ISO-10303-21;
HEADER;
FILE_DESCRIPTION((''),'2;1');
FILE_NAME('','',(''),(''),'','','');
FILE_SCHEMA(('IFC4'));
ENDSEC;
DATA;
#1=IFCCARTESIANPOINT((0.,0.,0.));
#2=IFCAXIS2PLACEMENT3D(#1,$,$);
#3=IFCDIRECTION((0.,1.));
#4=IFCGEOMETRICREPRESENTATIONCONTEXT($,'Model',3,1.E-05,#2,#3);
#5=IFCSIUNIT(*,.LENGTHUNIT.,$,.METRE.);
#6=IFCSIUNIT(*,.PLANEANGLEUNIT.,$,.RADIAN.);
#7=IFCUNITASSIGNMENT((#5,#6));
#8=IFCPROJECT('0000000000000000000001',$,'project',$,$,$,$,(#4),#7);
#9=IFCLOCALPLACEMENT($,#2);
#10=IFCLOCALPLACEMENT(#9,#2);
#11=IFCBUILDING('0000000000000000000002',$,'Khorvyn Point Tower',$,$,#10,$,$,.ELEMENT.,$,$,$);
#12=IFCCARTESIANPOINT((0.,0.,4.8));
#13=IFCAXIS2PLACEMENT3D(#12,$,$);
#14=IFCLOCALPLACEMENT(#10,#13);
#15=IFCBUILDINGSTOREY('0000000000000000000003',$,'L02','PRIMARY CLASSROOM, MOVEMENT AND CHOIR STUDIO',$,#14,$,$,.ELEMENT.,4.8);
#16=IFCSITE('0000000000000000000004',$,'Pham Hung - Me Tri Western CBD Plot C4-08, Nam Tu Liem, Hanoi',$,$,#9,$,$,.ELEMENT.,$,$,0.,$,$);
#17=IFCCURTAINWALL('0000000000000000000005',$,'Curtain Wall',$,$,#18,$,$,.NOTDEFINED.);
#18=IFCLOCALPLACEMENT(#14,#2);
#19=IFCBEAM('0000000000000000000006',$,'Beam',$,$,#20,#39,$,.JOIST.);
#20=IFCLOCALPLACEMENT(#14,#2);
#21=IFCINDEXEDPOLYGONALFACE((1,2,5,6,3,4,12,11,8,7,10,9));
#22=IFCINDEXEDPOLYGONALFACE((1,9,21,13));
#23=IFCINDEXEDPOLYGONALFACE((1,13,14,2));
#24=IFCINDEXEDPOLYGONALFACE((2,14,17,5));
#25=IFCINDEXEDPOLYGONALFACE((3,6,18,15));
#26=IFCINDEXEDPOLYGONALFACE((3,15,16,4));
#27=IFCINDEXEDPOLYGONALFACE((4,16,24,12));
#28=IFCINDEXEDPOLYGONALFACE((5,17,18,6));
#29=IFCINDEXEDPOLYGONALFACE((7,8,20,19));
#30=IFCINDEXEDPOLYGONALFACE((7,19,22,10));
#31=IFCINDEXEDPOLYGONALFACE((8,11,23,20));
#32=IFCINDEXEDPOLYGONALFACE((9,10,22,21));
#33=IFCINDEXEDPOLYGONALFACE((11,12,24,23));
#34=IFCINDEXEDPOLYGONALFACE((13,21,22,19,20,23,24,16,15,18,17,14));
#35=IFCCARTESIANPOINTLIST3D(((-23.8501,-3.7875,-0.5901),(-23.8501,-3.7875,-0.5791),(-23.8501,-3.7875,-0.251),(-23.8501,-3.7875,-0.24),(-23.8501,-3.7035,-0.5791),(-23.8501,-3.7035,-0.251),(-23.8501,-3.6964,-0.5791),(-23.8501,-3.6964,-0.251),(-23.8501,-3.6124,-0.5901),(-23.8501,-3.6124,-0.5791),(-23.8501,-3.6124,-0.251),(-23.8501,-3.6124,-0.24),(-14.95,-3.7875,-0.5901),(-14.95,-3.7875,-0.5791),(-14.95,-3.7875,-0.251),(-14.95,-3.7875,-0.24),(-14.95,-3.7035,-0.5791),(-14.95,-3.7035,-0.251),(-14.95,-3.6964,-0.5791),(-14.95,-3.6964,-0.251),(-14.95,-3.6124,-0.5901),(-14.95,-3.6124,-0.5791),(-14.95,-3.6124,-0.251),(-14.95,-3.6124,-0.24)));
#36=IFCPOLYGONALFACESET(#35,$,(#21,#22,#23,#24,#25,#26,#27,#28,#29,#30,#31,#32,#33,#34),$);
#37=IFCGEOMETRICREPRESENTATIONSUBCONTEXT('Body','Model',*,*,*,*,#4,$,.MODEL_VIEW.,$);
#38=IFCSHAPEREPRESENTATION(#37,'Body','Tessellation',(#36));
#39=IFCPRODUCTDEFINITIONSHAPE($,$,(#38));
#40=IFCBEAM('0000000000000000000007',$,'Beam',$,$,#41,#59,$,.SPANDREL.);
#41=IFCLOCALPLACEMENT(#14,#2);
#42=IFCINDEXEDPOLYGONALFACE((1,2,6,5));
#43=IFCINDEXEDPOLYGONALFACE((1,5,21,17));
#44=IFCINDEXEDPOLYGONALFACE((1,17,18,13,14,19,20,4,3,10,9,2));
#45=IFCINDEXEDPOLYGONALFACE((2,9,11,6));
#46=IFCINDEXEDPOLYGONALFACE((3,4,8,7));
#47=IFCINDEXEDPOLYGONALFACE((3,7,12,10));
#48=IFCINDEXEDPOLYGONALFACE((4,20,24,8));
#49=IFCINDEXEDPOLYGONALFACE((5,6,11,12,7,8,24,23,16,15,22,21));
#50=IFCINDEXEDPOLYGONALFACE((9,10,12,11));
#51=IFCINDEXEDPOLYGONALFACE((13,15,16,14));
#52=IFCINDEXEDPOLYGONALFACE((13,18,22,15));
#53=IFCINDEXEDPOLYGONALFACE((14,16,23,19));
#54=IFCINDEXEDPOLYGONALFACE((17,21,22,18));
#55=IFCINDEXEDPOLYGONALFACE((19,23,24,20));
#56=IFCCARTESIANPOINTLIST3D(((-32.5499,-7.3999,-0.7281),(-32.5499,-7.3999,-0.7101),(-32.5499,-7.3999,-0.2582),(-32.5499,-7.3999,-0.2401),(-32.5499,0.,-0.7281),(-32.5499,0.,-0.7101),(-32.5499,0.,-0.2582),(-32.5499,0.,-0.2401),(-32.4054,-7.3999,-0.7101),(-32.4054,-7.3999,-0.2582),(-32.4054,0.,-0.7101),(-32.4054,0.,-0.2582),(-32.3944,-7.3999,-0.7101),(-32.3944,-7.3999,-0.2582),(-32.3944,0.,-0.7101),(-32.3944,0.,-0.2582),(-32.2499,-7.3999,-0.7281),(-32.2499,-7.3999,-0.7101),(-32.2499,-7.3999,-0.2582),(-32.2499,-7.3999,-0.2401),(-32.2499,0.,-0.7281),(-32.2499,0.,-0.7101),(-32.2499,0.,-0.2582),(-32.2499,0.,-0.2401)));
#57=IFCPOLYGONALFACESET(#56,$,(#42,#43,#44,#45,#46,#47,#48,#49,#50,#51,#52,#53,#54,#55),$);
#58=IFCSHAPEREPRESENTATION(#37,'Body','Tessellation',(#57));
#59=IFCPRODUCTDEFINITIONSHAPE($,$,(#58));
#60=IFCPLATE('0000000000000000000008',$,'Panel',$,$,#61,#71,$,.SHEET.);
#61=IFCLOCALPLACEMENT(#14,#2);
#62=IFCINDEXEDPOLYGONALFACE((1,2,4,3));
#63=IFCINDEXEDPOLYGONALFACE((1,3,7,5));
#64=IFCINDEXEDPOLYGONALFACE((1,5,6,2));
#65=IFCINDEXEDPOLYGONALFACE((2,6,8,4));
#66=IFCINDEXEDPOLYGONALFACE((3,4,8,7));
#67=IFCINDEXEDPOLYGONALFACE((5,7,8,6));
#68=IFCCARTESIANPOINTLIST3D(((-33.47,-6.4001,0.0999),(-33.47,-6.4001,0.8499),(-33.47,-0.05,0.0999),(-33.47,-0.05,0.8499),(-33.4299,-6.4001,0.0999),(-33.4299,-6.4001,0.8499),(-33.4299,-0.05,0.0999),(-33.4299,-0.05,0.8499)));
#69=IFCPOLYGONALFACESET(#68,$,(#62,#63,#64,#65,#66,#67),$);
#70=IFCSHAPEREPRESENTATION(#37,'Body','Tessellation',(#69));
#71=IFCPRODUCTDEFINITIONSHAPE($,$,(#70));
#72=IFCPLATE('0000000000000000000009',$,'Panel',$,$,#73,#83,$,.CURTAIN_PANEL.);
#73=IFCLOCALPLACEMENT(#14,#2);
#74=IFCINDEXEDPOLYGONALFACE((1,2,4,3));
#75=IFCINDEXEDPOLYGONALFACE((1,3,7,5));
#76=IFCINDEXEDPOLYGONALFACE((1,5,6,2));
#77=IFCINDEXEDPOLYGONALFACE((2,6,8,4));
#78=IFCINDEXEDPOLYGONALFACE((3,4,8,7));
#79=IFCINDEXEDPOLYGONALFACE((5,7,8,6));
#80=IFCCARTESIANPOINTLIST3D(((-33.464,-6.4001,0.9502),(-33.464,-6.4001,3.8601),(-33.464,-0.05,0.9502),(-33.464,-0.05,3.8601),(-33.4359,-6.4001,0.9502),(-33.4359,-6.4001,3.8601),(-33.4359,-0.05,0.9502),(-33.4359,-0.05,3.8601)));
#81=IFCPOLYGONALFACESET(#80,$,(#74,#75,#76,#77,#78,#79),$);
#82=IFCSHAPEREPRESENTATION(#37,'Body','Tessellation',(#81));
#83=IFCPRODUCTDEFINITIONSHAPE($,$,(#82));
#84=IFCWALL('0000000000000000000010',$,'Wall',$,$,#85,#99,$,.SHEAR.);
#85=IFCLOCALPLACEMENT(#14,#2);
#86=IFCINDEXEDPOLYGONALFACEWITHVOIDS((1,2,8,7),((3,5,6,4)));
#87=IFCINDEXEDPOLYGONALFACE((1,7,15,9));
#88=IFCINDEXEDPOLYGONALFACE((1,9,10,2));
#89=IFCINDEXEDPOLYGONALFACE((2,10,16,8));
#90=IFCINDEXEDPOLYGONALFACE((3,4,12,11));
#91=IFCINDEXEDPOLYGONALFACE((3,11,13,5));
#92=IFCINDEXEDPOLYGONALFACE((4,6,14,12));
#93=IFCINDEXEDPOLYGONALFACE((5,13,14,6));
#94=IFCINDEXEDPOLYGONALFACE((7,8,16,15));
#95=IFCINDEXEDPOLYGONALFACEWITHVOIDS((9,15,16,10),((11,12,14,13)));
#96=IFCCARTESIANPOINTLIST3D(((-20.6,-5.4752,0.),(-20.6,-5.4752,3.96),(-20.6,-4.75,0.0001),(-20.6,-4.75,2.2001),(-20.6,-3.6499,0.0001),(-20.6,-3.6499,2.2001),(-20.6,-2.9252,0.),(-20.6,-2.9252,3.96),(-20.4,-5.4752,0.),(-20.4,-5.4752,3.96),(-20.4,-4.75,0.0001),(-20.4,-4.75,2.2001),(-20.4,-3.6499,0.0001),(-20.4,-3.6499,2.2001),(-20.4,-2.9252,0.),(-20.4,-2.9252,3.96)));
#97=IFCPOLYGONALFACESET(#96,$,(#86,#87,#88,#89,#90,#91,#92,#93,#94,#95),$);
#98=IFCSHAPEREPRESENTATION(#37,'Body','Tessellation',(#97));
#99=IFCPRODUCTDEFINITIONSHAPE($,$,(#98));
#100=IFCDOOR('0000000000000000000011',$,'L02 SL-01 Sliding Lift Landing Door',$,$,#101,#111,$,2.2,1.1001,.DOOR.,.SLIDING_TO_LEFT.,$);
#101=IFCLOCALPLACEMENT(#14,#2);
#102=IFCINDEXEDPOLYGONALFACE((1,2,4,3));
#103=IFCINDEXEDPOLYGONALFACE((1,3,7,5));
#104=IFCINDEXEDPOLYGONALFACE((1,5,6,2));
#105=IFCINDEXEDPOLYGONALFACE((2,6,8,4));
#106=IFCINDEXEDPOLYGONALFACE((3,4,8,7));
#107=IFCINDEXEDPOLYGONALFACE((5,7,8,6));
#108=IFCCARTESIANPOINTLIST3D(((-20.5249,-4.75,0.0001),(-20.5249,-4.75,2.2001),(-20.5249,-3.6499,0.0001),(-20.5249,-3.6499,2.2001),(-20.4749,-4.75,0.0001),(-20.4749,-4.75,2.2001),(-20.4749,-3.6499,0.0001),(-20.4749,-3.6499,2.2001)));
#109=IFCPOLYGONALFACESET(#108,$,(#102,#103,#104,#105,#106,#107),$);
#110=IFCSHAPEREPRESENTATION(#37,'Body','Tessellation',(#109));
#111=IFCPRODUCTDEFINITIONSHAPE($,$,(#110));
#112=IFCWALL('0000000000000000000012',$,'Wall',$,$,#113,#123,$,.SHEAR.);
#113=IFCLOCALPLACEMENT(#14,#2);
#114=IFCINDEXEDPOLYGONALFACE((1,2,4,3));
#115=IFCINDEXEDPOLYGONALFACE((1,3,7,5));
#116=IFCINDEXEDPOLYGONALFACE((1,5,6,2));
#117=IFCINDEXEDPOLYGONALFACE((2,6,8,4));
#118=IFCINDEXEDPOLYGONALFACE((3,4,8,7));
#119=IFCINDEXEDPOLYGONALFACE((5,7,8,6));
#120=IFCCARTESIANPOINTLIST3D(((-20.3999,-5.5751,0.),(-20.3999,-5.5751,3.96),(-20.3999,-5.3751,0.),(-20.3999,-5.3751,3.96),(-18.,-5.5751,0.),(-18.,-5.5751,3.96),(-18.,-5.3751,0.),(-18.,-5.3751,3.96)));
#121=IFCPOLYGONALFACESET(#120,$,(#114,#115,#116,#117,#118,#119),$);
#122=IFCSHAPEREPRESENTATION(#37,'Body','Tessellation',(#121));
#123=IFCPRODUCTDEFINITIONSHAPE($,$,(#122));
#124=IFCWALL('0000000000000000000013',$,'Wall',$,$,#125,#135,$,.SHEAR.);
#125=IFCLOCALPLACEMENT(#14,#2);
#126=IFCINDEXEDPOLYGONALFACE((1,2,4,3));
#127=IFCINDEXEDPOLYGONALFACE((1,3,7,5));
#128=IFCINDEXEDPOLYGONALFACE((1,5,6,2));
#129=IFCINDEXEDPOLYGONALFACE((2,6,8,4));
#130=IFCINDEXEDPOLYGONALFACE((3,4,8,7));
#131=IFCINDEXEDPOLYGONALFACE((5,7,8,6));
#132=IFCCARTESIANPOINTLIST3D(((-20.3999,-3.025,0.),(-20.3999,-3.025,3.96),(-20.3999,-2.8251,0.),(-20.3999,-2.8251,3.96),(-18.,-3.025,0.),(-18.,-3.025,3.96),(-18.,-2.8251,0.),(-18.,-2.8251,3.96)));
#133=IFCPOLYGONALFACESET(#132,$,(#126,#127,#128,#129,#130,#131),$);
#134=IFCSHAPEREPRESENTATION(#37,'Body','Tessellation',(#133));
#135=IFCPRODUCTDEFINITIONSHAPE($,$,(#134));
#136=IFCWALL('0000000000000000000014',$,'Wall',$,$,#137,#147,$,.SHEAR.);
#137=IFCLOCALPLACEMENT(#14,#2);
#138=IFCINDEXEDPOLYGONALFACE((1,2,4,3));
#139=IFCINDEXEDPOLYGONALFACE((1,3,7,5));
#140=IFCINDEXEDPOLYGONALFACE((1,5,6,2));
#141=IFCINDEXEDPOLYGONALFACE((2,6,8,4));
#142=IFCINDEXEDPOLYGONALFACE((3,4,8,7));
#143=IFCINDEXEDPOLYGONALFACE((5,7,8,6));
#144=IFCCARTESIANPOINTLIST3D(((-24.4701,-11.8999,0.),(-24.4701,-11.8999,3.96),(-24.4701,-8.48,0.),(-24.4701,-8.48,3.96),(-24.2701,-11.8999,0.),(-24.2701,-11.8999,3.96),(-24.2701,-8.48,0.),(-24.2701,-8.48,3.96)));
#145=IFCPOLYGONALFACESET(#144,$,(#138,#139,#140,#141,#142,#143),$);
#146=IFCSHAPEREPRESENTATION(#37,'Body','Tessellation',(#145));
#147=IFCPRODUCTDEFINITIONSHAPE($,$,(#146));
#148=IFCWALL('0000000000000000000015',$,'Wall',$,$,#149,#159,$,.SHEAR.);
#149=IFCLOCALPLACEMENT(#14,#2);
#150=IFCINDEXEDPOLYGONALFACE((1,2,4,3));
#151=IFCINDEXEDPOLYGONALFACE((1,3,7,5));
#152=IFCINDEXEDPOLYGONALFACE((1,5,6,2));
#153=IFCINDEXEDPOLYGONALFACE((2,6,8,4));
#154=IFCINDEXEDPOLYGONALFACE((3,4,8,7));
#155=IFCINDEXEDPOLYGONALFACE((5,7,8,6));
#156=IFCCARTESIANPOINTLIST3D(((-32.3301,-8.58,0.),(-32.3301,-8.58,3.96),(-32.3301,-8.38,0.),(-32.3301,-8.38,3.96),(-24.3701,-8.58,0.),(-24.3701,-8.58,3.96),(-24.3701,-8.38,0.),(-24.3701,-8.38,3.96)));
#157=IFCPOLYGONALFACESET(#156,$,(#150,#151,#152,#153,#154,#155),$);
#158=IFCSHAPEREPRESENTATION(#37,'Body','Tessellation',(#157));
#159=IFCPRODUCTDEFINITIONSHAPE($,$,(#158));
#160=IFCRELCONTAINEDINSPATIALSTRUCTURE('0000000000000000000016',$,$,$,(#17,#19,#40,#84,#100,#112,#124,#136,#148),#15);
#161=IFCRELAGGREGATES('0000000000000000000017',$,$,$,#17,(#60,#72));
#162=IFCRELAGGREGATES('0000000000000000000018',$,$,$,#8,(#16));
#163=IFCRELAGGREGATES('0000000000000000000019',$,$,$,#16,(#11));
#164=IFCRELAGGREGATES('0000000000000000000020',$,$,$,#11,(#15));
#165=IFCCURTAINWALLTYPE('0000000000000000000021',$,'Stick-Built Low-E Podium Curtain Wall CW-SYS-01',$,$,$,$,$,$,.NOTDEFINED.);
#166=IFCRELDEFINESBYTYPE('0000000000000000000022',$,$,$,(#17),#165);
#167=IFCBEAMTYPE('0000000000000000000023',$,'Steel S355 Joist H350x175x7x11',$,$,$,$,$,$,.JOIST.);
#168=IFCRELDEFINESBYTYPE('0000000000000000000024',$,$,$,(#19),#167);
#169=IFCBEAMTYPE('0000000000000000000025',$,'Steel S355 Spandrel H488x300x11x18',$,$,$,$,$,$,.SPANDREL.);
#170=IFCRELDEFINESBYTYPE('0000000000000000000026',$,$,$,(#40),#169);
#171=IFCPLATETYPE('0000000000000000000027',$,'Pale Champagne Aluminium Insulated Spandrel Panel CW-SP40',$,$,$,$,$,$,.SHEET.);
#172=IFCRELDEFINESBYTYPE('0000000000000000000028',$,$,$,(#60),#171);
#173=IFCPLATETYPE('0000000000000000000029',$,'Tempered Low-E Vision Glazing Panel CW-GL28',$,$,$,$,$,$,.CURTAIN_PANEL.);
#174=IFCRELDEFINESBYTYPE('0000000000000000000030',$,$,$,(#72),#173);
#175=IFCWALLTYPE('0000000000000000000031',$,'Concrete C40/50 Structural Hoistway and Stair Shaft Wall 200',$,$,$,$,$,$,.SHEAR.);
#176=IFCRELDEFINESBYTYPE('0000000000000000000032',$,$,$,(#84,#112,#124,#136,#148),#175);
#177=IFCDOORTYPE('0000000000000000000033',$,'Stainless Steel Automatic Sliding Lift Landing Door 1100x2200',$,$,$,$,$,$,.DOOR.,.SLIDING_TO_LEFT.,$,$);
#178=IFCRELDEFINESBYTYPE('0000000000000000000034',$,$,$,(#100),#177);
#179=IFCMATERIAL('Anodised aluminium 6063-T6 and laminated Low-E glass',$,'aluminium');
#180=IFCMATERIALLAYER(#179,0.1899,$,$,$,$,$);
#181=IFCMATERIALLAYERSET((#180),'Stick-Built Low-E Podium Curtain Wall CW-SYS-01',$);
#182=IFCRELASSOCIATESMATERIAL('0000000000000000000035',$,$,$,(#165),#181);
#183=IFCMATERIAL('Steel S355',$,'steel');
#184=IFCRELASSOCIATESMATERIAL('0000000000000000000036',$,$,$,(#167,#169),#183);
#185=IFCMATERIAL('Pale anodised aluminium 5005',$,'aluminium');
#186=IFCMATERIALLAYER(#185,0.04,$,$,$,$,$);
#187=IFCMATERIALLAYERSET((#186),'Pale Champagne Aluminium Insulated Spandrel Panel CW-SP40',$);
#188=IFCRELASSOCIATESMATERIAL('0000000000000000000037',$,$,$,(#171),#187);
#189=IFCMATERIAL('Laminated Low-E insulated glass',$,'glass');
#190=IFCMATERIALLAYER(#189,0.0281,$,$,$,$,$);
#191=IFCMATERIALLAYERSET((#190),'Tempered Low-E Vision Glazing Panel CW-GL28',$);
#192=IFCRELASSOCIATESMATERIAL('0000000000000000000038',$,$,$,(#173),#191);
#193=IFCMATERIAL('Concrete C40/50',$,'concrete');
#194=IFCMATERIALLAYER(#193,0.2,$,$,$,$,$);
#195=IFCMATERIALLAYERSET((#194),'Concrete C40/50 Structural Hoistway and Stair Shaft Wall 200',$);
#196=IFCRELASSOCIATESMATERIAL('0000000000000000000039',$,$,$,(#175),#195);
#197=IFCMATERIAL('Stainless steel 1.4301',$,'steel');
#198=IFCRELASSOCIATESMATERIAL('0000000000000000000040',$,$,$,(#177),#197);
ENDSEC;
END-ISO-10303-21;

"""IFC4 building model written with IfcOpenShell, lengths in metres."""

from ifc_helpers import new_model, si_unit, direction, frame, frame_2d, origin, origin_2d, place, context, subcontext, project, spatial, rectangle, i_section, extrude, material, layer, layer_set, material_profile, profile_set, type_object, element, fill, aggregate, save


model = new_model("IFC4")

# Units and contexts
model_context = context("Model", 3, precision=1e-05, world=origin(), true_north=direction((0.0, 1.0)))
body_context = subcontext(model_context, "Body", "Model", "MODEL_VIEW")
ifc_project = project(units=[si_unit("LENGTHUNIT", "METRE"), si_unit("PLANEANGLEUNIT", "RADIAN")], contexts=[model_context])

# Site, building, storey
site_placement = place(None, origin())
site = spatial("IfcSite", under=ifc_project, at=site_placement, Name="Pham Hung - Me Tri Western CBD Plot C4-08, Nam Tu Liem, Hanoi", CompositionType="ELEMENT", RefElevation=0.0)
building_placement = place(site_placement, origin())
building = spatial("IfcBuilding", under=site, at=building_placement, Name="Khorvyn Point Tower", CompositionType="ELEMENT")
storey_placement = place(building_placement, frame((0.0, 0.0, 4.8)))
storey = spatial("IfcBuildingStorey", under=building, at=storey_placement, Name="L02", Description="PRIMARY CLASSROOM, MOVEMENT AND CHOIR STUDIO", CompositionType="ELEMENT", Elevation=4.8)

# Shared definitions
ifc_material_1 = material(Name="Concrete C40/50", Category="concrete")

# Curtain wall
ifc_material_2 = material(Name="Anodised aluminium 6063-T6 and laminated Low-E glass", Category="aluminium")
ifc_layer_1 = layer(ifc_material_2, 0.1899)
ifc_layer_set_1 = layer_set([ifc_layer_1], Name="Stick-Built Low-E Podium Curtain Wall CW-SYS-01")
curtain_wall_type = type_object("IfcCurtainWallType", Name="Stick-Built Low-E Podium Curtain Wall CW-SYS-01", PredefinedType="NOTDEFINED", material=ifc_layer_set_1)
curtain_wall_placement = place(storey_placement, origin())
curtain_wall = element("IfcCurtainWall", 1, at=curtain_wall_placement, inside=storey, type_object=curtain_wall_type, Name="Curtain Wall", PredefinedType="NOTDEFINED")

# Beams
ifc_material_3 = material(Name="Steel S355", Category="steel")
ifc_material_profile_1 = material_profile(ifc_material_3, i_section(OverallWidth=0.175, OverallDepth=0.3501, WebThickness=0.0071, FlangeThickness=0.011, at=origin_2d()))
ifc_profile_set_1 = profile_set([ifc_material_profile_1], Name="Steel S355 H350x175x7x11")
beam_type_1 = type_object("IfcBeamType", Name="Steel S355 Joist H350x175x7x11", PredefinedType="JOIST", material=ifc_profile_set_1)
beam_1_placement = place(storey_placement, frame((-23.8501, -3.7, -0.415), z_axis=(1.0, 0.0, 0.0), x_axis=(0.0, 1.0, 0.0)))
element("IfcBeam", 2, at=beam_1_placement, inside=storey, type_object=beam_type_1, Name="Beam", PredefinedType="JOIST", context=body_context, shape_type="SweptSolid", body=[
    extrude(i_section(OverallWidth=0.175, OverallDepth=0.3501, WebThickness=0.0071, FlangeThickness=0.011, at=origin_2d()), origin(), (0.0, 0.0, 1.0), 8.9001),
])
ifc_material_profile_2 = material_profile(ifc_material_3, i_section(OverallWidth=0.3, OverallDepth=0.488, WebThickness=0.011, FlangeThickness=0.0181, at=origin_2d()))
ifc_profile_set_2 = profile_set([ifc_material_profile_2], Name="Steel S355 H488x300x11x18")
beam_type_2 = type_object("IfcBeamType", Name="Steel S355 Spandrel H488x300x11x18", PredefinedType="SPANDREL", material=ifc_profile_set_2)
beam_2_placement = place(storey_placement, frame((-32.3999, -7.3999, -0.4841), z_axis=(0.0, 1.0, 0.0), x_axis=(-1.0, 0.0, 0.0)))
element("IfcBeam", 3, at=beam_2_placement, inside=storey, type_object=beam_type_2, Name="Beam", PredefinedType="SPANDREL", context=body_context, shape_type="SweptSolid", body=[
    extrude(i_section(OverallWidth=0.3, OverallDepth=0.488, WebThickness=0.011, FlangeThickness=0.0181, at=origin_2d()), origin(), (0.0, 0.0, 1.0), 7.3999),
])

# Plates
ifc_material_4 = material(Name="Pale anodised aluminium 5005", Category="aluminium")
ifc_layer_2 = layer(ifc_material_4, 0.04)
ifc_layer_set_2 = layer_set([ifc_layer_2], Name="Pale Champagne Aluminium Insulated Spandrel Panel CW-SP40")
plate_type_1 = type_object("IfcPlateType", Name="Pale Champagne Aluminium Insulated Spandrel Panel CW-SP40", PredefinedType="SHEET", material=ifc_layer_set_2)
plate_1_placement = place(storey_placement, frame((-33.45, -3.2251, 0.0999), z_axis=(0.0, 0.0, 1.0), x_axis=(0.0, 1.0, 0.0)))
plate_1 = element("IfcPlate", 4, at=plate_1_placement, type_object=plate_type_1, Name="Panel", PredefinedType="SHEET", context=body_context, shape_type="SweptSolid", body=[
    extrude(rectangle(XDim=6.3501, YDim=0.04, at=origin_2d()), origin(), (0.0, 0.0, 1.0), 0.75),
])
ifc_material_5 = material(Name="Laminated Low-E insulated glass", Category="glass")
ifc_layer_3 = layer(ifc_material_5, 0.0281)
ifc_layer_set_3 = layer_set([ifc_layer_3], Name="Tempered Low-E Vision Glazing Panel CW-GL28")
plate_type_2 = type_object("IfcPlateType", Name="Tempered Low-E Vision Glazing Panel CW-GL28", PredefinedType="CURTAIN_PANEL", material=ifc_layer_set_3)
plate_2_placement = place(storey_placement, frame((-33.45, -3.2251, 0.9502), z_axis=(0.0, 0.0, 1.0), x_axis=(0.0, 1.0, 0.0)))
plate_2 = element("IfcPlate", 5, at=plate_2_placement, type_object=plate_type_2, Name="Panel", PredefinedType="CURTAIN_PANEL", context=body_context, shape_type="SweptSolid", body=[
    extrude(rectangle(XDim=6.3501, YDim=0.0281, at=origin_2d()), origin(), (0.0, 0.0, 1.0), 2.9099),
])
aggregate(curtain_wall, [plate_1, plate_2])

# Wall, opening, door
ifc_layer_4 = layer(ifc_material_1, 0.2)
ifc_layer_set_4 = layer_set([ifc_layer_4], Name="Concrete C40/50 Structural Hoistway and Stair Shaft Wall 200")
wall_type_1 = type_object("IfcWallType", Name="Concrete C40/50 Structural Hoistway and Stair Shaft Wall 200", PredefinedType="SHEAR", material=ifc_layer_set_4)
wall_1_placement = place(storey_placement, frame((-20.5, -5.4751, 0.0), z_axis=(0.0, 0.0, 1.0), x_axis=(0.0, 1.0, 0.0)))
wall_1 = element("IfcWall", 6, at=wall_1_placement, inside=storey, type_object=wall_type_1, Name="Wall", PredefinedType="SHEAR", context=body_context, shape_type="SweptSolid", body=[
    extrude(rectangle(XDim=2.55, YDim=0.2, at=frame_2d((1.2749, 0.0))), origin(), (0.0, 0.0, 1.0), 3.96),
])
opening_1_placement = place(wall_1_placement, frame((0.7251, 0.0, 0.0)))
opening_1 = element("IfcOpeningElement", 7, at=opening_1_placement, cuts=wall_1, PredefinedType="OPENING", context=body_context, shape_type="SweptSolid", body=[
    extrude(rectangle(XDim=1.1001, YDim=2.2, at=frame_2d((0.55, 1.1001))), frame((0.0, 0.1099, 0.0), z_axis=(0.0, -1.0, 0.0), x_axis=(1.0, 0.0, 0.0)), (0.0, 0.0, 1.0), 0.22),
])
ifc_material_6 = material(Name="Stainless steel 1.4301", Category="steel")
door_type_1 = type_object("IfcDoorType", Name="Stainless Steel Automatic Sliding Lift Landing Door 1100x2200", OperationType="SLIDING_TO_LEFT", PredefinedType="DOOR", material=ifc_material_6)
door_1_placement = place(opening_1_placement, origin())
door_1 = element("IfcDoor", 8, at=door_1_placement, inside=storey, type_object=door_type_1, Name="L02 SL-01 Sliding Lift Landing Door", OperationType="SLIDING_TO_LEFT", OverallHeight=2.2, OverallWidth=1.1001, PredefinedType="DOOR", context=body_context, shape_type="SweptSolid", body=[
    extrude(rectangle(XDim=1.1001, YDim=2.2, at=frame_2d((0.55, 1.1001))), frame((0.0, 0.0249, 0.0), z_axis=(0.0, -1.0, 0.0), x_axis=(1.0, 0.0, 0.0)), (0.0, 0.0, 1.0), 0.05),
])
fill(opening_1, door_1)

# Walls
for number, where, z_axis, x_axis, name in (
    (9, (-20.3999, -5.4751, 0.0), (0.0, 0.0, 1.0), (1.0, 0.0, 0.0), "Wall"),
    (10, (-20.3999, -2.925, 0.0), (0.0, 0.0, 1.0), (1.0, 0.0, 0.0), "Wall"),
):
    element("IfcWall", number, at=place(storey_placement, frame(where, z_axis=z_axis, x_axis=x_axis)), inside=storey, type_object=wall_type_1, Name=name, PredefinedType="SHEAR", context=body_context, shape_type="SweptSolid", body=[
        extrude(rectangle(XDim=2.3999, YDim=0.2, at=frame_2d((1.2, 0.0))), origin(), (0.0, 0.0, 1.0), 3.96),
    ])
wall_2_placement = place(storey_placement, frame((-24.3701, -8.48, 0.0), z_axis=(0.0, 0.0, 1.0), x_axis=(0.0, -1.0, 0.0)))
element("IfcWall", 11, at=wall_2_placement, inside=storey, type_object=wall_type_1, Name="Wall", PredefinedType="SHEAR", context=body_context, shape_type="SweptSolid", body=[
    extrude(rectangle(XDim=3.4199, YDim=0.2, at=frame_2d((1.71, 0.0))), origin(), (0.0, 0.0, 1.0), 3.96),
])
wall_3_placement = place(storey_placement, frame((-32.3301, -8.48, 0.0), z_axis=(0.0, 0.0, 1.0), x_axis=(1.0, 0.0, 0.0)))
element("IfcWall", 12, at=wall_3_placement, inside=storey, type_object=wall_type_1, Name="Wall", PredefinedType="SHEAR", context=body_context, shape_type="SweptSolid", body=[
    extrude(rectangle(XDim=7.96, YDim=0.2, at=frame_2d((3.98, 0.0))), origin(), (0.0, 0.0, 1.0), 3.96),
])

save(model, "model.ifc")
